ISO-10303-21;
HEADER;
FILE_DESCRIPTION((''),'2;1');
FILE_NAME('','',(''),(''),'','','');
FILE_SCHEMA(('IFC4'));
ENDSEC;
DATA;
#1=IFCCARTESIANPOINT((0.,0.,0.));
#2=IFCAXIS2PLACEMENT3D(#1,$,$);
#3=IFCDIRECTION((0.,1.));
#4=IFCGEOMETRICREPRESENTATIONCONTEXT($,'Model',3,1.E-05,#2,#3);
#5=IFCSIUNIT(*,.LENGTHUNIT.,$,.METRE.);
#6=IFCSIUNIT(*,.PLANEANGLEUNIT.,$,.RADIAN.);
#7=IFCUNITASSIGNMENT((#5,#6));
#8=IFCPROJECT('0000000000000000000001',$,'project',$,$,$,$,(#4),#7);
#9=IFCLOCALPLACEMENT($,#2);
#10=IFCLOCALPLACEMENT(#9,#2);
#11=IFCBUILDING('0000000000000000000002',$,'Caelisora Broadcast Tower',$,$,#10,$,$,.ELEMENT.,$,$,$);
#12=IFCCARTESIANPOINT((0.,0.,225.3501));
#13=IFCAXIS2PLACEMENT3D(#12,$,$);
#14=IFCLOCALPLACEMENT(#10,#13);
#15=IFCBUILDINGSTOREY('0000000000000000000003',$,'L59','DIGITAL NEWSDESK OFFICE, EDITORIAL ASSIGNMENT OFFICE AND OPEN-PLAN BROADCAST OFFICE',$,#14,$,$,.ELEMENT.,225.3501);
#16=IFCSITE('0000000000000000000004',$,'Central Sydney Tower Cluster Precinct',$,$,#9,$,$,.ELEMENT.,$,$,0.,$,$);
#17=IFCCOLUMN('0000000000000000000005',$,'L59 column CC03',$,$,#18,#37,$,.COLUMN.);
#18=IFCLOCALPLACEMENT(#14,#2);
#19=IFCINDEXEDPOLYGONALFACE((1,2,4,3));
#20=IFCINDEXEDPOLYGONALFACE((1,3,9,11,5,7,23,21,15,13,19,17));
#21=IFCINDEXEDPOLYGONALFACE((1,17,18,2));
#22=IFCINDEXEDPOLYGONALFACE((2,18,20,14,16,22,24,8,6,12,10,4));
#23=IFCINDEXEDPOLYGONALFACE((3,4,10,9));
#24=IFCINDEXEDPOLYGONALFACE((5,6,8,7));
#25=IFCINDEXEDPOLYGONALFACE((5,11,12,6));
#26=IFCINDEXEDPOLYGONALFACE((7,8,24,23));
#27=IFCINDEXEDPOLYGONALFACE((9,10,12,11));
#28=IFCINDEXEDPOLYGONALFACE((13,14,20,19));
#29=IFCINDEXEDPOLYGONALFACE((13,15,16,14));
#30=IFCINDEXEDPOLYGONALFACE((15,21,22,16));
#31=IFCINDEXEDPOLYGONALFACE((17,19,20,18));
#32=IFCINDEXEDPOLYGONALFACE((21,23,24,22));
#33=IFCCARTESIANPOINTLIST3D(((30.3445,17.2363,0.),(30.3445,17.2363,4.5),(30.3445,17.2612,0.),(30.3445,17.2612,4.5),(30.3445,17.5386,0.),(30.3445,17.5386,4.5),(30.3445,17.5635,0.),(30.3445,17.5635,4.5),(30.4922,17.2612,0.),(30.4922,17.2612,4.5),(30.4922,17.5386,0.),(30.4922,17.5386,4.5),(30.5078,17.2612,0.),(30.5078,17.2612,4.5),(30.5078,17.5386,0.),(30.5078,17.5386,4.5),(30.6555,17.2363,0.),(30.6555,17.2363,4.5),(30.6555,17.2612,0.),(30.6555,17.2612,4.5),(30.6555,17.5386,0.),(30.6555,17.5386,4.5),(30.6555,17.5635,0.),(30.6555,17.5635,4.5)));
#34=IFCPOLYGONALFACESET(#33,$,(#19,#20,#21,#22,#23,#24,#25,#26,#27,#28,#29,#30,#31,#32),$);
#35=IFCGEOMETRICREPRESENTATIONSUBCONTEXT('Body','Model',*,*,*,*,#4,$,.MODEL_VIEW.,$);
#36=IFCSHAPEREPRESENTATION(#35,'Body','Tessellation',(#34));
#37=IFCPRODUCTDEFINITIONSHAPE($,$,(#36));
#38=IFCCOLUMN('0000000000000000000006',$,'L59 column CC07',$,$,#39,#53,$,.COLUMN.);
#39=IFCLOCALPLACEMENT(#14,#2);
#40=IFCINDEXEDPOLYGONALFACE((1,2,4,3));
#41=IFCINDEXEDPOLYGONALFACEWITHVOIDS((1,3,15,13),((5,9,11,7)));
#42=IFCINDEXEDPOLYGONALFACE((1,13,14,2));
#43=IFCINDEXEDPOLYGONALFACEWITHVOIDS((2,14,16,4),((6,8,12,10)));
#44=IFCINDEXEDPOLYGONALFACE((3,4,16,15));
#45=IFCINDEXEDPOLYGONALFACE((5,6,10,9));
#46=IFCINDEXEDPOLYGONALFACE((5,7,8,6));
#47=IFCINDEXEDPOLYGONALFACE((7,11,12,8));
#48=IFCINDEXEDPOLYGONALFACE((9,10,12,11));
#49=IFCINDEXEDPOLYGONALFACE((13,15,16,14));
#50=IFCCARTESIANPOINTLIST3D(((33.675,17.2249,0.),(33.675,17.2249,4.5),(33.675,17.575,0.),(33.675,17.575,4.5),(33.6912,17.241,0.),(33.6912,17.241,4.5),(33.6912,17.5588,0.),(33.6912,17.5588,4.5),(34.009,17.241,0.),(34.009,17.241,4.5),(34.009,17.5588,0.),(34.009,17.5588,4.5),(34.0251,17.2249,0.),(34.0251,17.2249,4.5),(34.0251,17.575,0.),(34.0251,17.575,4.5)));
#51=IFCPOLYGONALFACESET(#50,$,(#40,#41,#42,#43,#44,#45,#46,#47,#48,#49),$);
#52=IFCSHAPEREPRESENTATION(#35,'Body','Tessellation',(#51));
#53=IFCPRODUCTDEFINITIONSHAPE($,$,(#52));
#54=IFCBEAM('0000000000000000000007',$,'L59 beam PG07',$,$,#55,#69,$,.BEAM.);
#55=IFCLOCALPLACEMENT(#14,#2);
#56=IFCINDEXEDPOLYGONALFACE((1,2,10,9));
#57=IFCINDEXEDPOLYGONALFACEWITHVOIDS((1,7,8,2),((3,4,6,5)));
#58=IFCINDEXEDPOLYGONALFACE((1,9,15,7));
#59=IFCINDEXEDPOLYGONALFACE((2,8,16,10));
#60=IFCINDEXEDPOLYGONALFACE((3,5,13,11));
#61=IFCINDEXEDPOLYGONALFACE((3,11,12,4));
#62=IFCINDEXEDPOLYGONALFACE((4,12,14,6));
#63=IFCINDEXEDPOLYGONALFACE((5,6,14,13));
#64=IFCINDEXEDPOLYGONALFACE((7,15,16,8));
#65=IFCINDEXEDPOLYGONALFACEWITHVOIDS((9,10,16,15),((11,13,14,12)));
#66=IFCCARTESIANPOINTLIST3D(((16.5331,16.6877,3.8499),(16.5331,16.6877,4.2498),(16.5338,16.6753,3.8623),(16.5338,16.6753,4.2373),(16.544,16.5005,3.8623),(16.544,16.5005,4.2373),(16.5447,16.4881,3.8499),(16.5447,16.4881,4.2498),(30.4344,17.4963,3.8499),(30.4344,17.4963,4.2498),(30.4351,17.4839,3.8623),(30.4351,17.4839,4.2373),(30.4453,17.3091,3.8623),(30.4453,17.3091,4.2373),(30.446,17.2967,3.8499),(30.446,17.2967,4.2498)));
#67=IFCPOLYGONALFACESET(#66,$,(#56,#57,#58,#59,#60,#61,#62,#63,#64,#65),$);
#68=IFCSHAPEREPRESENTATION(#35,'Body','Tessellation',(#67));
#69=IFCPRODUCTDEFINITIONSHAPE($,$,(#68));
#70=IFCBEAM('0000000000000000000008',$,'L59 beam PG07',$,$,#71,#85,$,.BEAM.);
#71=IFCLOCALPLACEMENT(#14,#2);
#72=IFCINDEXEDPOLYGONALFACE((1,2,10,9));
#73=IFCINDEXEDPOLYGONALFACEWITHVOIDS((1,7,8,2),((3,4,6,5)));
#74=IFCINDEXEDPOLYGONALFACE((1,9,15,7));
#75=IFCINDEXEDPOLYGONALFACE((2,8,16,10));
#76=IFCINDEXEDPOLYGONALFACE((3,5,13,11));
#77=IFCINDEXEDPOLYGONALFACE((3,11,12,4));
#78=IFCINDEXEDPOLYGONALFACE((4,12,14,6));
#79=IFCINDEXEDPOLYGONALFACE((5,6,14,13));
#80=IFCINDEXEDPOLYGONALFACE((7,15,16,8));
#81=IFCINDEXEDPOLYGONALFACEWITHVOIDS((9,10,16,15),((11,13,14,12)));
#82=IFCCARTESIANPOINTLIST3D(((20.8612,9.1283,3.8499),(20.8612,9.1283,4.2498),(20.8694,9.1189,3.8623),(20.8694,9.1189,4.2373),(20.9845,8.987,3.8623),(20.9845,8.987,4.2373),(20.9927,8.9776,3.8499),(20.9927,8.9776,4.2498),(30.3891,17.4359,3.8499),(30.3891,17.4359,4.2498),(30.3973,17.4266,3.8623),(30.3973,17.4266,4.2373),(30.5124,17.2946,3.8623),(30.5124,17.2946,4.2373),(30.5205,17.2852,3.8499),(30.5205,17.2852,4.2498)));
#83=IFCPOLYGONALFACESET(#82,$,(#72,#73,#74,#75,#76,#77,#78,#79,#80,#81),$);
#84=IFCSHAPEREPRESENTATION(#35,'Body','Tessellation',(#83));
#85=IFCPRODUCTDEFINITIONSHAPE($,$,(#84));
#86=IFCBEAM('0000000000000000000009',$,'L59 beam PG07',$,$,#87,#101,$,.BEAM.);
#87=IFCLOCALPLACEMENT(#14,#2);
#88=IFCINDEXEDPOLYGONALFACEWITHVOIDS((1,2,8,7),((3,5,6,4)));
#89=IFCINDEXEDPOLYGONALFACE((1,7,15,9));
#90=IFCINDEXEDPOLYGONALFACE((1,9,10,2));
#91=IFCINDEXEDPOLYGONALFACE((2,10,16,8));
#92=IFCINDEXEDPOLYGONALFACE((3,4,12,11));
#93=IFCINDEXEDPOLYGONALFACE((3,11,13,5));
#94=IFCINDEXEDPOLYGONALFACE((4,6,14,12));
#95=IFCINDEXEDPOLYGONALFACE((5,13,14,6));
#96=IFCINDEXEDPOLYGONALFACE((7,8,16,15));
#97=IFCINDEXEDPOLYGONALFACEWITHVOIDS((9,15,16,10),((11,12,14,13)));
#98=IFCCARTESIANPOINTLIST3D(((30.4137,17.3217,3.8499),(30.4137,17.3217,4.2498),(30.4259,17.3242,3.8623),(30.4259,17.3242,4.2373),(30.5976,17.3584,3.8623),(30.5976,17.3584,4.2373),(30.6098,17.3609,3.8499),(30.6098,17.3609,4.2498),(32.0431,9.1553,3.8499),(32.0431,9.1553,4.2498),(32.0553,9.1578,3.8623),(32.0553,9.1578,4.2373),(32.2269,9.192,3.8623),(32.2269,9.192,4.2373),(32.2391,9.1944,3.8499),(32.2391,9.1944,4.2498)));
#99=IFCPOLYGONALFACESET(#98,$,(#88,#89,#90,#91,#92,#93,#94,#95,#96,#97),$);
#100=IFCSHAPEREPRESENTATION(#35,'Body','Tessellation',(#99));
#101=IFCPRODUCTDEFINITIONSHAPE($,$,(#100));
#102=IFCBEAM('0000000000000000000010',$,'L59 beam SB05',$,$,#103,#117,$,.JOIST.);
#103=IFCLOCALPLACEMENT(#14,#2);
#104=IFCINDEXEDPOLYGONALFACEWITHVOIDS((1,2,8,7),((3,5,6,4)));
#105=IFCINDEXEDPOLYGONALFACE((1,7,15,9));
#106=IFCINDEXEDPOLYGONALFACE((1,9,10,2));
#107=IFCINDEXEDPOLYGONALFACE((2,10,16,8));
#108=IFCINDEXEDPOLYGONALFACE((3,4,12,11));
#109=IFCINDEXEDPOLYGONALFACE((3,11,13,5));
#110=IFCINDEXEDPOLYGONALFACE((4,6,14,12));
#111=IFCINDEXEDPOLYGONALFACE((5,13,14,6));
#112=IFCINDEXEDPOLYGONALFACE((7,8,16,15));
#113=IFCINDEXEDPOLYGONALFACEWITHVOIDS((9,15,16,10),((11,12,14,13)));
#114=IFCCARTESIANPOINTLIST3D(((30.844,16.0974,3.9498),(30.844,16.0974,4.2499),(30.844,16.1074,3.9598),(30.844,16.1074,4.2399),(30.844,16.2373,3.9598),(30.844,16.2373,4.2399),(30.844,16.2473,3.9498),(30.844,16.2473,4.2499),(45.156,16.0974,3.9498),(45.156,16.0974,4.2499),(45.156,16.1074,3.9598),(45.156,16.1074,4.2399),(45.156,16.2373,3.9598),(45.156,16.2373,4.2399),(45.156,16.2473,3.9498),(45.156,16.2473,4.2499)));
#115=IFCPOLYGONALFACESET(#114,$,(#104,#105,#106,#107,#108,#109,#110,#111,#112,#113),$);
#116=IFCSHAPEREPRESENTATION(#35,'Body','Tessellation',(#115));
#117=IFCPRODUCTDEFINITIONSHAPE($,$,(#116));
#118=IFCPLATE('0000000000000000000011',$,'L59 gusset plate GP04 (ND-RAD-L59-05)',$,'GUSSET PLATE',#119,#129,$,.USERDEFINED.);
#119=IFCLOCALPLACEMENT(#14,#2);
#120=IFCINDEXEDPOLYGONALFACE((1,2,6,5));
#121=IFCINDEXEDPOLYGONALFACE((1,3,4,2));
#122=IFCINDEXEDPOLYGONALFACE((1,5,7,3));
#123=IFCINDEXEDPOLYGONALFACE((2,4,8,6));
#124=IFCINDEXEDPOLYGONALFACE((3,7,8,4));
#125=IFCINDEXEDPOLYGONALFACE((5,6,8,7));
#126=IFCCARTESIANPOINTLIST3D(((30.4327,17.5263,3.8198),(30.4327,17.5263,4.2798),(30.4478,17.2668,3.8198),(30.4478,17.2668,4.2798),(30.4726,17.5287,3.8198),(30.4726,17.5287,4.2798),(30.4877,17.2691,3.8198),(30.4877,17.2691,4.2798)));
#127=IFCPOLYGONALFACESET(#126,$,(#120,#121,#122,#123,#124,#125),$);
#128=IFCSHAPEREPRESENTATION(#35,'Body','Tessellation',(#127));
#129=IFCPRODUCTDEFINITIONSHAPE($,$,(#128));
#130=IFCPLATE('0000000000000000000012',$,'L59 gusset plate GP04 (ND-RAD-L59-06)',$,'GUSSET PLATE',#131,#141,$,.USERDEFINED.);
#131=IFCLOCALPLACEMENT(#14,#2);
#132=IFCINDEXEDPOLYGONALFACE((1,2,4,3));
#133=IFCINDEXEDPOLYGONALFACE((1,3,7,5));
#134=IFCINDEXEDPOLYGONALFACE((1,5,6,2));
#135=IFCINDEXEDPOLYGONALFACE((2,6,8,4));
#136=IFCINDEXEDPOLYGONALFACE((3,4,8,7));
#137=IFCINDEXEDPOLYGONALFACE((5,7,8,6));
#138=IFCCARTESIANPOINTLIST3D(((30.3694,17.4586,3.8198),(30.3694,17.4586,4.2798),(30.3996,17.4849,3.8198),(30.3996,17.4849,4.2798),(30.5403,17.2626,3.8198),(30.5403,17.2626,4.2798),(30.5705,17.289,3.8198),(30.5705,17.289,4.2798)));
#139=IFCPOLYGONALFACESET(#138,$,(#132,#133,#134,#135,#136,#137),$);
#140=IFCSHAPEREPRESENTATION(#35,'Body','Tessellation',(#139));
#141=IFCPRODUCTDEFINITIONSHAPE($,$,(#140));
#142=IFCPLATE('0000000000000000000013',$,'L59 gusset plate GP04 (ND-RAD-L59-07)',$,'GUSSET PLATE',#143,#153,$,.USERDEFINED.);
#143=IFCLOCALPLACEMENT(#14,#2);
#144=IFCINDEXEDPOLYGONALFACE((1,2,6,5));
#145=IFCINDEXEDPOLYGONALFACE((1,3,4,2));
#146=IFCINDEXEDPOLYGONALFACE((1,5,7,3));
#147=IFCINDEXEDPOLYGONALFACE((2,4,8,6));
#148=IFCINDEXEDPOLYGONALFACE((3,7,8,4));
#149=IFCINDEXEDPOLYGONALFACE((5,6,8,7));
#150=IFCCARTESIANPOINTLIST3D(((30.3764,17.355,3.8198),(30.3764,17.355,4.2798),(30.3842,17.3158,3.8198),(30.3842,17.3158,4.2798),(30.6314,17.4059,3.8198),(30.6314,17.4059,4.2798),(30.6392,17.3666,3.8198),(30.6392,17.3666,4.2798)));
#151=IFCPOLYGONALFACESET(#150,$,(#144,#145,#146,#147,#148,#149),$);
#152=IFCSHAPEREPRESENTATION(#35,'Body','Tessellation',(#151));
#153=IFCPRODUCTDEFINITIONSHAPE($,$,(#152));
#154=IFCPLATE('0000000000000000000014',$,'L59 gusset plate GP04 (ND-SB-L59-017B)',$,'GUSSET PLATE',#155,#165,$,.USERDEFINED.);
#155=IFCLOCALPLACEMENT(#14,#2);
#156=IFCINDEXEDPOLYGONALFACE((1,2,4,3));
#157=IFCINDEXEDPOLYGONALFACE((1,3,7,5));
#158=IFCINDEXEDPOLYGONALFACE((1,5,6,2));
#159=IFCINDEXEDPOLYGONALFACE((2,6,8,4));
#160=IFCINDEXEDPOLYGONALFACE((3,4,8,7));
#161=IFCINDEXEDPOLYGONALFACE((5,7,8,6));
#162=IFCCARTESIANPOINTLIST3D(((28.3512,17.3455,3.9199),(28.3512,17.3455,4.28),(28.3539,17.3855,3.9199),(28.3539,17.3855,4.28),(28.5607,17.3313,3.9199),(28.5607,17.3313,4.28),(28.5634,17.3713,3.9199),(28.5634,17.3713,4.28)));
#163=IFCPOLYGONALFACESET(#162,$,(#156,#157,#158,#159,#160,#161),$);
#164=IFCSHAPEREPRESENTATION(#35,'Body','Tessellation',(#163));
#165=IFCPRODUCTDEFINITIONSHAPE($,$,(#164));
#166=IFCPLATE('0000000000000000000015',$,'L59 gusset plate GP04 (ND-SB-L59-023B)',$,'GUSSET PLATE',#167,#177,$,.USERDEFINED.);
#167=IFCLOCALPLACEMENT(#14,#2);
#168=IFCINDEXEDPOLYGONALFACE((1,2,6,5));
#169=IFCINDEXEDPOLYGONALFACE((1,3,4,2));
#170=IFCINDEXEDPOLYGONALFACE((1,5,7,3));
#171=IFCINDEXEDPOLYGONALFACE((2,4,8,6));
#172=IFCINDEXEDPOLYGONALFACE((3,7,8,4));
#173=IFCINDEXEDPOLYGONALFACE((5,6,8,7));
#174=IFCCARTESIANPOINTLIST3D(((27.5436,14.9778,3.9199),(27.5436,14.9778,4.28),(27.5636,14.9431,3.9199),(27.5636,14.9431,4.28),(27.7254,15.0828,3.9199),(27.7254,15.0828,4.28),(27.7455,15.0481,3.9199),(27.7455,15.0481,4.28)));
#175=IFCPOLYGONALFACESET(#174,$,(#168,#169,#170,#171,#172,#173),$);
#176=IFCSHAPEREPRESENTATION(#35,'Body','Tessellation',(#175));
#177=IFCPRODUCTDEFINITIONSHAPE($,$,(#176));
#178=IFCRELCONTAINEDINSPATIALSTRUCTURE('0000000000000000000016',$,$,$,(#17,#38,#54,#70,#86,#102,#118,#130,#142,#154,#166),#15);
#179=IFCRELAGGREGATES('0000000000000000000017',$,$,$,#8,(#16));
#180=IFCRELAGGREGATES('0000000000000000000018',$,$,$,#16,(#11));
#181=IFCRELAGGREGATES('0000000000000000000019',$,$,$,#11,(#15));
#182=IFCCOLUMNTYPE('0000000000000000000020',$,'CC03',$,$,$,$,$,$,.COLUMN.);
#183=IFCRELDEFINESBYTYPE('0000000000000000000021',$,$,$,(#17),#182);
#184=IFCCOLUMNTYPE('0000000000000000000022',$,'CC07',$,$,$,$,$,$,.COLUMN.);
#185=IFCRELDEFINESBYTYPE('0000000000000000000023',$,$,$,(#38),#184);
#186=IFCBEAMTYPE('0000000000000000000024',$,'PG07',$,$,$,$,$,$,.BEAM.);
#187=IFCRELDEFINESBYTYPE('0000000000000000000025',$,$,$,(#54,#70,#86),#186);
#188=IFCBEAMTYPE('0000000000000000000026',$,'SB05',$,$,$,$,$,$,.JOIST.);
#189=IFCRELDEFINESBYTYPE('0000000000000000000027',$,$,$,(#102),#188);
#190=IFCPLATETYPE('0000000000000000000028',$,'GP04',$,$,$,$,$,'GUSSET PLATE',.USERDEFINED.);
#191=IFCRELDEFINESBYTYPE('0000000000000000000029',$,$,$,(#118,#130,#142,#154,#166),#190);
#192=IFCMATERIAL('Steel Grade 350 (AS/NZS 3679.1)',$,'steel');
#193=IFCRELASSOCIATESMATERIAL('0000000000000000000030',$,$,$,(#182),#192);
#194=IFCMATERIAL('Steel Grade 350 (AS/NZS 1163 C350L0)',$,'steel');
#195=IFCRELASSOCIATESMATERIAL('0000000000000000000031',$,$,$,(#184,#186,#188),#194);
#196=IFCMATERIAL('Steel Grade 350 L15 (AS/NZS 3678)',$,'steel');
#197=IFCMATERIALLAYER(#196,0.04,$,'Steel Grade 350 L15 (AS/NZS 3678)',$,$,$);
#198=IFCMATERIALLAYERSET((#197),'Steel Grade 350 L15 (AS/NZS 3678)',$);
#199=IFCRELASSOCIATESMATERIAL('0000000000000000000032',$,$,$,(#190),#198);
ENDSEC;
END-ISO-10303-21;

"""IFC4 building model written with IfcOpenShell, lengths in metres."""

from ifc_helpers import new_model, si_unit, direction, frame, origin, origin_2d, place, context, subcontext, project, spatial, rectangle, hollow_rectangle, i_section, extrude, source, transform, mapped, material, layer, layer_set, material_profile, profile_set, type_object, type_shapes, element, save


model = new_model("IFC4")

# Units and contexts
model_context = context("Model", 3, precision=1e-05, world=origin(), true_north=direction((0.0, 1.0)))
body_context = subcontext(model_context, "Body", "Model", "MODEL_VIEW")
ifc_project = project(units=[si_unit("LENGTHUNIT", "METRE"), si_unit("PLANEANGLEUNIT", "RADIAN")], contexts=[model_context])

# Site, building, storey
site_placement = place(None, origin())
site = spatial("IfcSite", under=ifc_project, at=site_placement, Name="Central Sydney Tower Cluster Precinct", CompositionType="ELEMENT", RefElevation=0.0)
building_placement = place(site_placement, origin())
building = spatial("IfcBuilding", under=site, at=building_placement, Name="Caelisora Broadcast Tower", CompositionType="ELEMENT")
storey_placement = place(building_placement, frame((0.0, 0.0, 225.3501)))
storey = spatial("IfcBuildingStorey", under=building, at=storey_placement, Name="L59", Description="DIGITAL NEWSDESK OFFICE, EDITORIAL ASSIGNMENT OFFICE AND OPEN-PLAN BROADCAST OFFICE", CompositionType="ELEMENT", Elevation=225.3501)

# Columns
ifc_material_1 = material(Name="Steel Grade 350 (AS/NZS 3679.1)", Category="steel")
ifc_material_profile_1 = material_profile(ifc_material_1, i_section(OverallWidth=0.311, OverallDepth=0.3271, WebThickness=0.0156, FlangeThickness=0.0249, at=origin_2d()), Name="Steel Grade 350 (AS/NZS 3679.1)")
ifc_profile_set_1 = profile_set([ifc_material_profile_1], Name="Steel Grade 350 (AS/NZS 3679.1)")
column_type_1 = type_object("IfcColumnType", Name="CC03", PredefinedType="COLUMN", material=ifc_profile_set_1)
shared_shape_1 = source(origin(), body_context, "Body", "SweptSolid", [
    extrude(i_section(OverallWidth=0.311, OverallDepth=0.3271, WebThickness=0.0156, FlangeThickness=0.0249, at=origin_2d()), origin(), (0.0, 0.0, 1.0), 4.5),
])
type_shapes(column_type_1, [shared_shape_1])
column_1_placement = place(storey_placement, frame((30.5, 17.3999, 0.0), z_axis=(0.0, 0.0, 1.0), x_axis=(1.0, 0.0, 0.0)))
element("IfcColumn", 1, at=column_1_placement, inside=storey, type_object=column_type_1, Name="L59 column CC03", PredefinedType="COLUMN", context=body_context, shape_type="MappedRepresentation", body=[
    mapped(shared_shape_1, transform((0.0, 0.0, 0.0), scale=1.0)),
])
ifc_material_2 = material(Name="Steel Grade 350 (AS/NZS 1163 C350L0)", Category="steel")
ifc_material_profile_2 = material_profile(ifc_material_2, hollow_rectangle(XDim=0.3501, YDim=0.3501, WallThickness=0.0161, at=origin_2d()), Name="Steel Grade 350 (AS/NZS 1163 C350L0)")
ifc_profile_set_2 = profile_set([ifc_material_profile_2], Name="Steel Grade 350 (AS/NZS 1163 C350L0)")
column_type_2 = type_object("IfcColumnType", Name="CC07", PredefinedType="COLUMN", material=ifc_profile_set_2)
shared_shape_2 = source(origin(), body_context, "Body", "SweptSolid", [
    extrude(hollow_rectangle(XDim=0.3501, YDim=0.3501, WallThickness=0.0161, at=origin_2d()), origin(), (0.0, 0.0, 1.0), 4.5),
])
type_shapes(column_type_2, [shared_shape_2])
column_2_placement = place(storey_placement, frame((33.8501, 17.3999, 0.0), z_axis=(0.0, 0.0, 1.0), x_axis=(1.0, 0.0, 0.0)))
element("IfcColumn", 2, at=column_2_placement, inside=storey, type_object=column_type_2, Name="L59 column CC07", PredefinedType="COLUMN", context=body_context, shape_type="MappedRepresentation", body=[
    mapped(shared_shape_2, transform((0.0, 0.0, 0.0), scale=1.0)),
])

# Beams
ifc_material_profile_3 = material_profile(ifc_material_2, hollow_rectangle(XDim=0.2, YDim=0.3999, WallThickness=0.0125, at=origin_2d()), Name="Steel Grade 350 (AS/NZS 1163 C350L0)")
ifc_profile_set_3 = profile_set([ifc_material_profile_3], Name="Steel Grade 350 (AS/NZS 1163 C350L0)")
beam_type_1 = type_object("IfcBeamType", Name="PG07", PredefinedType="BEAM", material=ifc_profile_set_3)
shared_shape_3 = source(origin(), body_context, "Body", "SweptSolid", [
    extrude(hollow_rectangle(XDim=0.2, YDim=0.3999, WallThickness=0.0125, at=origin_2d()), origin(), (0.0, 0.0, 1.0), 13.9248),
])
beam_1_placement = place(storey_placement, frame((30.4402, 17.3965, 4.0498), z_axis=(-0.998313, -0.058068, 0.0), x_axis=(0.058068, -0.998313, 0.0)))
element("IfcBeam", 3, at=beam_1_placement, inside=storey, type_object=beam_type_1, Name="L59 beam PG07", PredefinedType="BEAM", context=body_context, shape_type="MappedRepresentation", body=[
    mapped(shared_shape_3, transform((0.0, 0.0, 0.0), scale=1.0)),
])
shared_shape_4 = source(origin(), body_context, "Body", "SweptSolid", [
    extrude(hollow_rectangle(XDim=0.2, YDim=0.3999, WallThickness=0.0125, at=origin_2d()), origin(), (0.0, 0.0, 1.0), 12.6411),
])
beam_2_placement = place(storey_placement, frame((30.4548, 17.3606, 4.0498), z_axis=(-0.753722, -0.657194, 0.0), x_axis=(0.657194, -0.753722, 0.0)))
element("IfcBeam", 4, at=beam_2_placement, inside=storey, type_object=beam_type_1, Name="L59 beam PG07", PredefinedType="BEAM", context=body_context, shape_type="MappedRepresentation", body=[
    mapped(shared_shape_4, transform((0.0, 0.0, 0.0), scale=1.0)),
])
shared_shape_5 = source(origin(), body_context, "Body", "SweptSolid", [
    extrude(hollow_rectangle(XDim=0.2, YDim=0.3999, WallThickness=0.0125, at=origin_2d()), origin(), (0.0, 0.0, 1.0), 8.3274),
])
type_shapes(beam_type_1, [shared_shape_3, shared_shape_4, shared_shape_5])
beam_3_placement = place(storey_placement, frame((30.5117, 17.3413, 4.0498), z_axis=(0.195665, -0.980671, 0.0), x_axis=(0.980671, 0.195665, 0.0)))
element("IfcBeam", 5, at=beam_3_placement, inside=storey, type_object=beam_type_1, Name="L59 beam PG07", PredefinedType="BEAM", context=body_context, shape_type="MappedRepresentation", body=[
    mapped(shared_shape_5, transform((0.0, 0.0, 0.0), scale=1.0)),
])
ifc_material_profile_4 = material_profile(ifc_material_2, hollow_rectangle(XDim=0.1499, YDim=0.3, WallThickness=0.01, at=origin_2d()), Name="Steel Grade 350 (AS/NZS 1163 C350L0)")
ifc_profile_set_4 = profile_set([ifc_material_profile_4], Name="Steel Grade 350 (AS/NZS 1163 C350L0)")
beam_type_2 = type_object("IfcBeamType", Name="SB05", PredefinedType="JOIST", material=ifc_profile_set_4)
shared_shape_6 = source(origin(), body_context, "Body", "SweptSolid", [
    extrude(hollow_rectangle(XDim=0.1499, YDim=0.3, WallThickness=0.01, at=origin_2d()), origin(), (0.0, 0.0, 1.0), 14.312),
])
type_shapes(beam_type_2, [shared_shape_6])
beam_4_placement = place(storey_placement, frame((30.844, 16.1724, 4.0999), z_axis=(1.0, 0.0, 0.0), x_axis=(0.0, 1.0, 0.0)))
element("IfcBeam", 6, at=beam_4_placement, inside=storey, type_object=beam_type_2, Name="L59 beam SB05", PredefinedType="JOIST", context=body_context, shape_type="MappedRepresentation", body=[
    mapped(shared_shape_6, transform((0.0, 0.0, 0.0), scale=1.0)),
])

# Plates
ifc_material_3 = material(Name="Steel Grade 350 L15 (AS/NZS 3678)", Category="steel")
ifc_layer_1 = layer(ifc_material_3, 0.04, Name="Steel Grade 350 L15 (AS/NZS 3678)")
ifc_layer_set_1 = layer_set([ifc_layer_1], Name="Steel Grade 350 L15 (AS/NZS 3678)")
plate_type = type_object("IfcPlateType", Name="GP04", ElementType="GUSSET PLATE", PredefinedType="USERDEFINED", material=ifc_layer_set_1)
shared_shape_7 = source(origin(), body_context, "Body", "SweptSolid", [
    extrude(rectangle(XDim=0.26, YDim=0.04, at=origin_2d()), origin(), (0.0, 0.0, 1.0), 0.46),
])
for number, where, z_axis, x_axis, name in (
    (7, (30.4602, 17.3977, 3.8198), (0.0, 0.0, 1.0), (0.058087, -0.998312, 0.0), "L59 gusset plate GP04 (ND-RAD-L59-05)"),
    (8, (30.47, 17.3738, 3.8198), (0.0, 0.0, 1.0), (0.657244, -0.753678, 0.0), "L59 gusset plate GP04 (ND-RAD-L59-06)"),
    (9, (30.5078, 17.3608, 3.8198), (0.0, 0.0, 1.0), (0.980683, 0.195604, 0.0), "L59 gusset plate GP04 (ND-RAD-L59-07)"),
):
    element("IfcPlate", number, at=place(storey_placement, frame(where, z_axis=z_axis, x_axis=x_axis)), inside=storey, type_object=plate_type, Name=name, ObjectType="GUSSET PLATE", PredefinedType="USERDEFINED", context=body_context, shape_type="MappedRepresentation", body=[
        mapped(shared_shape_7, transform((0.0, 0.0, 0.0), scale=1.0)),
    ])
shared_shape_8 = source(origin(), body_context, "Body", "SweptSolid", [
    extrude(rectangle(XDim=0.21, YDim=0.04, at=origin_2d()), origin(), (0.0, 0.0, 1.0), 0.3601),
])
type_shapes(plate_type, [shared_shape_7, shared_shape_8])
for number, where, z_axis, x_axis, name in (
    (10, (28.4573, 17.3584, 3.9199), (0.0, 0.0, 1.0), (0.99772, -0.067493, 0.0), "L59 gusset plate GP04 (ND-SB-L59-017B)"),
    (11, (27.6445, 15.0129, 3.9199), (0.0, 0.0, 1.0), (0.866025, 0.5, 0.0), "L59 gusset plate GP04 (ND-SB-L59-023B)"),
):
    element("IfcPlate", number, at=place(storey_placement, frame(where, z_axis=z_axis, x_axis=x_axis)), inside=storey, type_object=plate_type, Name=name, ObjectType="GUSSET PLATE", PredefinedType="USERDEFINED", context=body_context, shape_type="MappedRepresentation", body=[
        mapped(shared_shape_8, transform((0.0, 0.0, 0.0), scale=1.0)),
    ])

save(model, "model.ifc")
